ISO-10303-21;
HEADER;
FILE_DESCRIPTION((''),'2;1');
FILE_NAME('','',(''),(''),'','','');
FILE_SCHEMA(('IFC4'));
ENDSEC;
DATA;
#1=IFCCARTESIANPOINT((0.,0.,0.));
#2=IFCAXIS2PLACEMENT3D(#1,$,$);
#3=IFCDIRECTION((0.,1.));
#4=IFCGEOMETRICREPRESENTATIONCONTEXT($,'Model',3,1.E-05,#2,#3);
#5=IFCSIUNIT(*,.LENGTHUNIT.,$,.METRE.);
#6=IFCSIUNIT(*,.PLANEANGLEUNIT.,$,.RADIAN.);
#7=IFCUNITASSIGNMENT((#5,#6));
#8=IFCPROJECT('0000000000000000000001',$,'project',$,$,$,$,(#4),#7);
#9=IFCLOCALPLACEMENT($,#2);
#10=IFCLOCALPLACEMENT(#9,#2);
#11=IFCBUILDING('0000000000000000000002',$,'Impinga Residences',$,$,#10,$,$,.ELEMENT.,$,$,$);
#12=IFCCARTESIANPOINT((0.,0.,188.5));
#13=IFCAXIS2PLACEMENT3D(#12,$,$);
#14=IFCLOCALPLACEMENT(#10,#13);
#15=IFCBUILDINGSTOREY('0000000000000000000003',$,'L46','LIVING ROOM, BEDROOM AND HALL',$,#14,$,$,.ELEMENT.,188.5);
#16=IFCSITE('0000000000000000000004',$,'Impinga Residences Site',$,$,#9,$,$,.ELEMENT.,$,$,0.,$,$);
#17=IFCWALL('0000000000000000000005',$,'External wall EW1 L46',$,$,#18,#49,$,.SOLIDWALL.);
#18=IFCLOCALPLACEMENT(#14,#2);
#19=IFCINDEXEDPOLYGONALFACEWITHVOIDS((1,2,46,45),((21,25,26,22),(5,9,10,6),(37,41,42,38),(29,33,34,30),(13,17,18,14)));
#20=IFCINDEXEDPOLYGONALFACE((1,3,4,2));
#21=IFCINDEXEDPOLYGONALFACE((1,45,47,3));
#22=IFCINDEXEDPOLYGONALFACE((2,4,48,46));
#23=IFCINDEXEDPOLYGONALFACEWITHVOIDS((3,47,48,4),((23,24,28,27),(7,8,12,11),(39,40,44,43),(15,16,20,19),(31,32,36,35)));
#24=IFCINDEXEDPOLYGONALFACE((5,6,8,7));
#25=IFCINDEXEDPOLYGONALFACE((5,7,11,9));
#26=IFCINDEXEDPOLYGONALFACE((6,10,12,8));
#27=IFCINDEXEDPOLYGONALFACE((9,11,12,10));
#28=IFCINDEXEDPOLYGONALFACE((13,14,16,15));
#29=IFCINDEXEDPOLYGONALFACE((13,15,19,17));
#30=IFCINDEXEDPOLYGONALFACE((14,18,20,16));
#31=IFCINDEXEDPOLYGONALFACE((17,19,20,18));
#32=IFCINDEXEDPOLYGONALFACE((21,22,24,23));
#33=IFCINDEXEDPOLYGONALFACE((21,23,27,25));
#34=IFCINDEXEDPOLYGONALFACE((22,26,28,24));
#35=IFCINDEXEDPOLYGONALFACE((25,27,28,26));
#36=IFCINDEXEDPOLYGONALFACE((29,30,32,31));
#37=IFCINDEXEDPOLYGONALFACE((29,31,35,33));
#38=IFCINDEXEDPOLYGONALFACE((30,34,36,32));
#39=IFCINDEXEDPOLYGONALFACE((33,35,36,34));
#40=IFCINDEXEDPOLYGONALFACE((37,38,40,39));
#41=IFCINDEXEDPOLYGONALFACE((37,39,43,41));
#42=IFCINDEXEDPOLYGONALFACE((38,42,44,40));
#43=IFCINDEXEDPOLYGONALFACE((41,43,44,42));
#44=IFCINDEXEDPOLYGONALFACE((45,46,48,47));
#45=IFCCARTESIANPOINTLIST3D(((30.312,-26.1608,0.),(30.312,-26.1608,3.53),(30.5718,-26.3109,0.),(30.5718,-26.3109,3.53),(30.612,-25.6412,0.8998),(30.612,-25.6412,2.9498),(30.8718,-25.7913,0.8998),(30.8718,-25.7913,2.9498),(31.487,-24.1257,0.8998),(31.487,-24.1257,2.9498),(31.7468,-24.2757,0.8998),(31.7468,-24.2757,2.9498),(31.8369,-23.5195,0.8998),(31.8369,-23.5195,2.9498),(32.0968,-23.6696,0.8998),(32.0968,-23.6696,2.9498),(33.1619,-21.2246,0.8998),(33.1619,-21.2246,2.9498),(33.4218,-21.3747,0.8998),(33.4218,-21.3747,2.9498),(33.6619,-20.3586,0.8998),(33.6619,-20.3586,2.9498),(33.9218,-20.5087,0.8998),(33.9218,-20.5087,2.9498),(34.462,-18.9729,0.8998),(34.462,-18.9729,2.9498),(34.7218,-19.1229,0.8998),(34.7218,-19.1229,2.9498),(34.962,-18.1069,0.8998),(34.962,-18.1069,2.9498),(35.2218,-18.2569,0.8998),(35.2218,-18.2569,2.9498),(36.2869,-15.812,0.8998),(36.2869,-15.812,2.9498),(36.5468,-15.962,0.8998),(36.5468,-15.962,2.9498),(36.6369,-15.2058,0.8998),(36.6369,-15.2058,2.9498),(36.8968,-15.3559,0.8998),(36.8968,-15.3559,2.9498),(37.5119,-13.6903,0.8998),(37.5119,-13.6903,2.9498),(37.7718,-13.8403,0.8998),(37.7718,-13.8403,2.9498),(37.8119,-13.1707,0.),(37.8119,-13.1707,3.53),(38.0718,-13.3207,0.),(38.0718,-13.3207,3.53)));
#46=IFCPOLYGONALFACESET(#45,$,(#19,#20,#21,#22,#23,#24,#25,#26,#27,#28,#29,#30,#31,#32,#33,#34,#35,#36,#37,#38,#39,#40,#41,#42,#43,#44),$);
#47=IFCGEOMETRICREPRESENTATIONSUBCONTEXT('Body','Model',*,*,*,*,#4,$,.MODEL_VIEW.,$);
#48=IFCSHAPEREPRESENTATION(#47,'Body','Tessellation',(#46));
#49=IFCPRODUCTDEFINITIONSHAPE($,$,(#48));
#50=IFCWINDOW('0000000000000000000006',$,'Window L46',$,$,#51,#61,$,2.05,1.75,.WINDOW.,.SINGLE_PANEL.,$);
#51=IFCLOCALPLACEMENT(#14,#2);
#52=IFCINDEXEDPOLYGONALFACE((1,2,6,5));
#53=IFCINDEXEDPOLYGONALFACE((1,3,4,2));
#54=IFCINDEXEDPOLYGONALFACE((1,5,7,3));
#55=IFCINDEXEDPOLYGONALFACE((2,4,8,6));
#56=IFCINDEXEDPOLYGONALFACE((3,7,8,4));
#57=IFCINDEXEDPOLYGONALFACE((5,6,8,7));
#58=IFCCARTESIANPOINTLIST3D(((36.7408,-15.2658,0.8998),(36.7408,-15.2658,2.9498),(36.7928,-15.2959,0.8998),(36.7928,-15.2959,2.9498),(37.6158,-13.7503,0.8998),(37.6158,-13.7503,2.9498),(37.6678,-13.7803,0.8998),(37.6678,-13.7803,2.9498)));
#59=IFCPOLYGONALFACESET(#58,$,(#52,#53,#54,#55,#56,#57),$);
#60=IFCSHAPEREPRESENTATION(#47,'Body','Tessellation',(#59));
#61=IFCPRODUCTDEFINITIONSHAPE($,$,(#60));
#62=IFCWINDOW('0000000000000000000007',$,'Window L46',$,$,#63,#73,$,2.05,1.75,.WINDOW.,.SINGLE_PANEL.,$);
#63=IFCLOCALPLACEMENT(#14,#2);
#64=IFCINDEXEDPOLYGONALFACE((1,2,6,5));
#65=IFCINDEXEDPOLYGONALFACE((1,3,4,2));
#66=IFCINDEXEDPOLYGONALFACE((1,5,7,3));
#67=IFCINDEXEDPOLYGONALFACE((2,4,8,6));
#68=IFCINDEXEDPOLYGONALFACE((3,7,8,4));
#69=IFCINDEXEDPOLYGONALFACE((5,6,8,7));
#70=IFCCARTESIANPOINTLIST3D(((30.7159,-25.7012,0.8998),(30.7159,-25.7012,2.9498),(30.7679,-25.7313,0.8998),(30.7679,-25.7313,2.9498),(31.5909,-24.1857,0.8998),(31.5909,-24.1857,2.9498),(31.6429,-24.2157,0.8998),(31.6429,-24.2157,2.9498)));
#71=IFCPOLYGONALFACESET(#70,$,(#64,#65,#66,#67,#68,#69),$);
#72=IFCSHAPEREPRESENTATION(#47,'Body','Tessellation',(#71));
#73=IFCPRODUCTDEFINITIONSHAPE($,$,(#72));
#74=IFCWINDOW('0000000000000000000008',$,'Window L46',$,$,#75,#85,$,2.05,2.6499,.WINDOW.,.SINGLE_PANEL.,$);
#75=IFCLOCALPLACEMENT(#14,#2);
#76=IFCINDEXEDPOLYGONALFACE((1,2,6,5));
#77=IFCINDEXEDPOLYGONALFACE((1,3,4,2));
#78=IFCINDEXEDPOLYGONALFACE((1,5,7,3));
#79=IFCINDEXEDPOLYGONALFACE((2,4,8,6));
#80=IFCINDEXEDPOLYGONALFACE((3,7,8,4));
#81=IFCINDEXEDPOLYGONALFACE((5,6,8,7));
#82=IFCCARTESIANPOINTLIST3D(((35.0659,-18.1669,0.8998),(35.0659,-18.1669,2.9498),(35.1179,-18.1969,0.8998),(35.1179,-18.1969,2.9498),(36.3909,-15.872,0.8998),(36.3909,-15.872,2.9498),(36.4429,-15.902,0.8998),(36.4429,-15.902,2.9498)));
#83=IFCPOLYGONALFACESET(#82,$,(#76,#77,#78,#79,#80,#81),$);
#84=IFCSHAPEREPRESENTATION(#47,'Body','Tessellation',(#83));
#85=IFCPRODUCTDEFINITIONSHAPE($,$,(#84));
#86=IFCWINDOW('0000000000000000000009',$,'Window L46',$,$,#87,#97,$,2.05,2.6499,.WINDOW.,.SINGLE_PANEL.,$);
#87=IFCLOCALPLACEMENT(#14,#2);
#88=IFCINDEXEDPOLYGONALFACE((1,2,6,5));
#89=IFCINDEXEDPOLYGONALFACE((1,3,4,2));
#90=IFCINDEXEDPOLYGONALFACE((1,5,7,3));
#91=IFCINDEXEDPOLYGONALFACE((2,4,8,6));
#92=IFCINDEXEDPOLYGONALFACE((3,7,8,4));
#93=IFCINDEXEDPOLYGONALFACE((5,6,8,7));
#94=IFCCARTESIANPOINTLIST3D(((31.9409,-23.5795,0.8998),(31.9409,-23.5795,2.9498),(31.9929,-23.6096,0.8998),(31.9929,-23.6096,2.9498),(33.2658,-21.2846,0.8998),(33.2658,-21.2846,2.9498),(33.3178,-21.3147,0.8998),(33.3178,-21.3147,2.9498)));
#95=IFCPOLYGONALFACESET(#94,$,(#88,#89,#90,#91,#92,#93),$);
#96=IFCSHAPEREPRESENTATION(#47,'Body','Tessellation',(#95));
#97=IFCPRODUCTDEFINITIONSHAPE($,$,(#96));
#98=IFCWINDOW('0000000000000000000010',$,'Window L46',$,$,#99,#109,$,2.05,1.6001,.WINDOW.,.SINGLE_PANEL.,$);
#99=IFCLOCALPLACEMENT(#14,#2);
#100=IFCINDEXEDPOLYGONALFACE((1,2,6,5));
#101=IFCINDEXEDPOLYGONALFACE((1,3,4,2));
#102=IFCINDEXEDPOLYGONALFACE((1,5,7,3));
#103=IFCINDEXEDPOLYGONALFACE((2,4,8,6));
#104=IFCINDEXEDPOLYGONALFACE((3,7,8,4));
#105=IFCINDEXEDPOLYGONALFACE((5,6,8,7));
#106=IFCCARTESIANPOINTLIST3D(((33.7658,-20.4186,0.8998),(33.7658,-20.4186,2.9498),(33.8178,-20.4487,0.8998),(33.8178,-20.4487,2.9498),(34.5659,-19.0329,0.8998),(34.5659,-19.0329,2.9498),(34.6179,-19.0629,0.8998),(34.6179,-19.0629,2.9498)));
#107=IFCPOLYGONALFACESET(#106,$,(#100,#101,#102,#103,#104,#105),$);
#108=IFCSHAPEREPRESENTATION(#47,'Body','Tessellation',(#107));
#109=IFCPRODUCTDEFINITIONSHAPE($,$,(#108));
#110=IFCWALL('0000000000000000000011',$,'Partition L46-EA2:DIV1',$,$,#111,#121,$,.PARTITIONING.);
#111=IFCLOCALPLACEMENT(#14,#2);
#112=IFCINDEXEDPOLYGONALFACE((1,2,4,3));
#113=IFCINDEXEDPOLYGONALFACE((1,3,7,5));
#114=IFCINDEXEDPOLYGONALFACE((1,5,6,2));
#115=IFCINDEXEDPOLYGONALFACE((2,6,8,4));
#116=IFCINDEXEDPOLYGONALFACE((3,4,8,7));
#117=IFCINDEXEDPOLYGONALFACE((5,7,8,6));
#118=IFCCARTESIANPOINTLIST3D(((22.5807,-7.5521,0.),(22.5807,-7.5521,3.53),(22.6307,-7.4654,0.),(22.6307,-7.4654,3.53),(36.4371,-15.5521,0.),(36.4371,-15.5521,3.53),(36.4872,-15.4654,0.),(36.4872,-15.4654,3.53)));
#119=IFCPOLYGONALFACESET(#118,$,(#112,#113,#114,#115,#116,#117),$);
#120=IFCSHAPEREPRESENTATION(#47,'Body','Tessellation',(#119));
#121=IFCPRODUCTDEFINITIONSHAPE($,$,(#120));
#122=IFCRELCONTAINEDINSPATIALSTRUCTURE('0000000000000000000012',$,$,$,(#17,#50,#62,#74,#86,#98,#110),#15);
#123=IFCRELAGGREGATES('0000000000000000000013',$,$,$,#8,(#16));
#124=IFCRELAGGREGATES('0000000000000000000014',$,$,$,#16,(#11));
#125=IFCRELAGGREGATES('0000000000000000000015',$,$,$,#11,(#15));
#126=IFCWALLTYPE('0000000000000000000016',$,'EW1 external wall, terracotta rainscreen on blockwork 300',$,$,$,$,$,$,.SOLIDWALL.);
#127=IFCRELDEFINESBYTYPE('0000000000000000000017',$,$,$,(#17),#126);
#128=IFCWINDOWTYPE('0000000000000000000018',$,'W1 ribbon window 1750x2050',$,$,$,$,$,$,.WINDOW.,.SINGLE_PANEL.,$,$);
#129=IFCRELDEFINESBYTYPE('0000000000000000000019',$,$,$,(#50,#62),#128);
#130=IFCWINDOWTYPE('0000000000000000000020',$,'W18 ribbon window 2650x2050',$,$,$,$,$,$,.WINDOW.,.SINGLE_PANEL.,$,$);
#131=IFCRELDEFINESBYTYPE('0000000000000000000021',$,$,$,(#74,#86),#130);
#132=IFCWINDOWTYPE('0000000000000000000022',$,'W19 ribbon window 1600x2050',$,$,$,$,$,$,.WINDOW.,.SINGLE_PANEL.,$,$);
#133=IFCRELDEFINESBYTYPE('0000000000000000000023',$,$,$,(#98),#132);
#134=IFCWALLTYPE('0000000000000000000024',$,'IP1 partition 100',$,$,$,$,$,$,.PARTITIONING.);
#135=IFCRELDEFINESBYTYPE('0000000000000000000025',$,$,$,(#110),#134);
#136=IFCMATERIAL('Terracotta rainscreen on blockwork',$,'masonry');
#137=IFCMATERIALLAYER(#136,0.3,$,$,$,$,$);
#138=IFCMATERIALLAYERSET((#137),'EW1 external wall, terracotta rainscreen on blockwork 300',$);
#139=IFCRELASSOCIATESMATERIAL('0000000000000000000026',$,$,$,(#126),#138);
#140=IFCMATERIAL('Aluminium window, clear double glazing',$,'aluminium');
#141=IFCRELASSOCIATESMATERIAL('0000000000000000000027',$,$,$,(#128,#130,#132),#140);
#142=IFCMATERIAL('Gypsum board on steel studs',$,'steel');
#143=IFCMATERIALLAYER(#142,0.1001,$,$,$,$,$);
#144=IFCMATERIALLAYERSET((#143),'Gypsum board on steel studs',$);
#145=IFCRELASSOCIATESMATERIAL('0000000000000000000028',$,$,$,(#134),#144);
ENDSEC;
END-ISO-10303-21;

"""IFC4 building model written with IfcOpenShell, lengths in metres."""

from ifc_helpers import new_model, si_unit, direction, frame, frame_2d, origin, place, context, subcontext, project, spatial, rectangle, extrude, material, layer, layer_set, type_object, element, fill, save


model = new_model("IFC4")

# Units and contexts
model_context = context("Model", 3, precision=1e-05, world=origin(), true_north=direction((0.0, 1.0)))
body_context = subcontext(model_context, "Body", "Model", "MODEL_VIEW")
ifc_project = project(units=[si_unit("LENGTHUNIT", "METRE"), si_unit("PLANEANGLEUNIT", "RADIAN")], contexts=[model_context])

# Site, building, storey
site_placement = place(None, origin())
site = spatial("IfcSite", under=ifc_project, at=site_placement, Name="Impinga Residences Site", CompositionType="ELEMENT", RefElevation=0.0)
building_placement = place(site_placement, origin())
building = spatial("IfcBuilding", under=site, at=building_placement, Name="Impinga Residences", CompositionType="ELEMENT")
storey_placement = place(building_placement, frame((0.0, 0.0, 188.5)))
storey = spatial("IfcBuildingStorey", under=building, at=storey_placement, Name="L46", Description="LIVING ROOM, BEDROOM AND HALL", CompositionType="ELEMENT", Elevation=188.5)

# Shared definitions
ifc_material_1 = material(Name="Terracotta rainscreen on blockwork", Category="masonry")
ifc_layer_1 = layer(ifc_material_1, 0.3)
ifc_layer_set_1 = layer_set([ifc_layer_1], Name="EW1 external wall, terracotta rainscreen on blockwork 300")
wall_type_1 = type_object("IfcWallType", Name="EW1 external wall, terracotta rainscreen on blockwork 300", PredefinedType="SOLIDWALL", material=ifc_layer_set_1)

# Wall, openings, windows
wall_1_placement = place(storey_placement, frame((37.9419, -13.2456, 0.0), z_axis=(0.0, 0.0, 1.0), x_axis=(-0.500004, -0.866023, 0.0)))
wall_1 = element("IfcWall", 1, at=wall_1_placement, inside=storey, type_object=wall_type_1, Name="External wall EW1 L46", PredefinedType="SOLIDWALL", context=body_context, shape_type="SweptSolid", body=[
    extrude(rectangle(XDim=14.9998, YDim=0.3, at=frame_2d((7.5, 0.0))), origin(), (0.0, 0.0, 1.0), 3.53),
])
opening_1_placement = place(wall_1_placement, frame((0.6001, 0.0, 0.8999)))
opening_1 = element("IfcOpeningElement", 2, at=opening_1_placement, cuts=wall_1, PredefinedType="OPENING", context=body_context, shape_type="SweptSolid", body=[
    extrude(rectangle(XDim=1.75, YDim=2.05, at=frame_2d((0.875, 1.0249))), frame((0.0, 0.1599, 0.0), z_axis=(0.0, -1.0, 0.0), x_axis=(1.0, 0.0, 0.0)), (0.0, 0.0, 1.0), 0.3201),
])
opening_2_placement = place(wall_1_placement, frame((3.05, 0.0, 0.8999)))
opening_2 = element("IfcOpeningElement", 3, at=opening_2_placement, cuts=wall_1, PredefinedType="OPENING", context=body_context, shape_type="SweptSolid", body=[
    extrude(rectangle(XDim=2.6499, YDim=2.05, at=frame_2d((1.325, 1.0249))), frame((0.0, 0.1599, 0.0), z_axis=(0.0, -1.0, 0.0), x_axis=(1.0, 0.0, 0.0)), (0.0, 0.0, 1.0), 0.3201),
])
opening_3_placement = place(wall_1_placement, frame((6.7, 0.0, 0.8999)))
opening_3 = element("IfcOpeningElement", 4, at=opening_3_placement, cuts=wall_1, PredefinedType="OPENING", context=body_context, shape_type="SweptSolid", body=[
    extrude(rectangle(XDim=1.6001, YDim=2.05, at=frame_2d((0.8, 1.0249))), frame((0.0, 0.1599, 0.0), z_axis=(0.0, -1.0, 0.0), x_axis=(1.0, 0.0, 0.0)), (0.0, 0.0, 1.0), 0.3201),
])
opening_4_placement = place(wall_1_placement, frame((9.3, 0.0, 0.8999)))
opening_4 = element("IfcOpeningElement", 5, at=opening_4_placement, cuts=wall_1, PredefinedType="OPENING", context=body_context, shape_type="SweptSolid", body=[
    extrude(rectangle(XDim=2.6499, YDim=2.05, at=frame_2d((1.325, 1.0249))), frame((0.0, 0.1599, 0.0), z_axis=(0.0, -1.0, 0.0), x_axis=(1.0, 0.0, 0.0)), (0.0, 0.0, 1.0), 0.3201),
])
opening_5_placement = place(wall_1_placement, frame((12.6499, 0.0, 0.8999)))
opening_5 = element("IfcOpeningElement", 6, at=opening_5_placement, cuts=wall_1, PredefinedType="OPENING", context=body_context, shape_type="SweptSolid", body=[
    extrude(rectangle(XDim=1.75, YDim=2.05, at=frame_2d((0.875, 1.0249))), frame((0.0, 0.1599, 0.0), z_axis=(0.0, -1.0, 0.0), x_axis=(1.0, 0.0, 0.0)), (0.0, 0.0, 1.0), 0.3201),
])
ifc_material_2 = material(Name="Aluminium window, clear double glazing", Category="aluminium")
window_type_1 = type_object("IfcWindowType", Name="W1 ribbon window 1750x2050", PartitioningType="SINGLE_PANEL", PredefinedType="WINDOW", material=ifc_material_2)
window_1_placement = place(opening_1_placement, origin())
window_1 = element("IfcWindow", 7, at=window_1_placement, inside=storey, type_object=window_type_1, Name="Window L46", OverallHeight=2.05, OverallWidth=1.75, PartitioningType="SINGLE_PANEL", PredefinedType="WINDOW", context=body_context, shape_type="SweptSolid", body=[
    extrude(rectangle(XDim=1.75, YDim=2.05, at=frame_2d((0.875, 1.0249))), frame((0.0, 0.03, 0.0), z_axis=(0.0, -1.0, 0.0), x_axis=(1.0, 0.0, 0.0)), (0.0, 0.0, 1.0), 0.0601),
])
fill(opening_1, window_1)
window_2_placement = place(opening_5_placement, origin())
window_2 = element("IfcWindow", 8, at=window_2_placement, inside=storey, type_object=window_type_1, Name="Window L46", OverallHeight=2.05, OverallWidth=1.75, PartitioningType="SINGLE_PANEL", PredefinedType="WINDOW", context=body_context, shape_type="SweptSolid", body=[
    extrude(rectangle(XDim=1.75, YDim=2.05, at=frame_2d((0.875, 1.0249))), frame((0.0, 0.03, 0.0), z_axis=(0.0, -1.0, 0.0), x_axis=(1.0, 0.0, 0.0)), (0.0, 0.0, 1.0), 0.0601),
])
fill(opening_5, window_2)
window_type_2 = type_object("IfcWindowType", Name="W18 ribbon window 2650x2050", PartitioningType="SINGLE_PANEL", PredefinedType="WINDOW", material=ifc_material_2)
window_3_placement = place(opening_2_placement, origin())
window_3 = element("IfcWindow", 9, at=window_3_placement, inside=storey, type_object=window_type_2, Name="Window L46", OverallHeight=2.05, OverallWidth=2.6499, PartitioningType="SINGLE_PANEL", PredefinedType="WINDOW", context=body_context, shape_type="SweptSolid", body=[
    extrude(rectangle(XDim=2.6499, YDim=2.05, at=frame_2d((1.325, 1.0249))), frame((0.0, 0.03, 0.0), z_axis=(0.0, -1.0, 0.0), x_axis=(1.0, 0.0, 0.0)), (0.0, 0.0, 1.0), 0.0601),
])
fill(opening_2, window_3)
window_4_placement = place(opening_4_placement, origin())
window_4 = element("IfcWindow", 10, at=window_4_placement, inside=storey, type_object=window_type_2, Name="Window L46", OverallHeight=2.05, OverallWidth=2.6499, PartitioningType="SINGLE_PANEL", PredefinedType="WINDOW", context=body_context, shape_type="SweptSolid", body=[
    extrude(rectangle(XDim=2.6499, YDim=2.05, at=frame_2d((1.325, 1.0249))), frame((0.0, 0.03, 0.0), z_axis=(0.0, -1.0, 0.0), x_axis=(1.0, 0.0, 0.0)), (0.0, 0.0, 1.0), 0.0601),
])
fill(opening_4, window_4)
window_type_3 = type_object("IfcWindowType", Name="W19 ribbon window 1600x2050", PartitioningType="SINGLE_PANEL", PredefinedType="WINDOW", material=ifc_material_2)
window_5_placement = place(opening_3_placement, origin())
window_5 = element("IfcWindow", 11, at=window_5_placement, inside=storey, type_object=window_type_3, Name="Window L46", OverallHeight=2.05, OverallWidth=1.6001, PartitioningType="SINGLE_PANEL", PredefinedType="WINDOW", context=body_context, shape_type="SweptSolid", body=[
    extrude(rectangle(XDim=1.6001, YDim=2.05, at=frame_2d((0.8, 1.0249))), frame((0.0, 0.03, 0.0), z_axis=(0.0, -1.0, 0.0), x_axis=(1.0, 0.0, 0.0)), (0.0, 0.0, 1.0), 0.0601),
])
fill(opening_3, window_5)

# Wall
ifc_material_3 = material(Name="Gypsum board on steel studs", Category="steel")
ifc_layer_2 = layer(ifc_material_3, 0.1001)
ifc_layer_set_2 = layer_set([ifc_layer_2], Name="Gypsum board on steel studs")
wall_type_2 = type_object("IfcWallType", Name="IP1 partition 100", PredefinedType="PARTITIONING", material=ifc_layer_set_2)
wall_2_placement = place(storey_placement, frame((22.6057, -7.5088, 0.0), z_axis=(0.0, 0.0, 1.0), x_axis=(0.866026, -0.499999, 0.0)))
element("IfcWall", 12, at=wall_2_placement, inside=storey, type_object=wall_type_2, Name="Partition L46-EA2:DIV1", PredefinedType="PARTITIONING", context=body_context, shape_type="SweptSolid", body=[
    extrude(rectangle(XDim=16.0, YDim=0.1001, at=frame_2d((8.0, 0.0))), origin(), (0.0, 0.0, 1.0), 3.53),
])

save(model, "model.ifc")
